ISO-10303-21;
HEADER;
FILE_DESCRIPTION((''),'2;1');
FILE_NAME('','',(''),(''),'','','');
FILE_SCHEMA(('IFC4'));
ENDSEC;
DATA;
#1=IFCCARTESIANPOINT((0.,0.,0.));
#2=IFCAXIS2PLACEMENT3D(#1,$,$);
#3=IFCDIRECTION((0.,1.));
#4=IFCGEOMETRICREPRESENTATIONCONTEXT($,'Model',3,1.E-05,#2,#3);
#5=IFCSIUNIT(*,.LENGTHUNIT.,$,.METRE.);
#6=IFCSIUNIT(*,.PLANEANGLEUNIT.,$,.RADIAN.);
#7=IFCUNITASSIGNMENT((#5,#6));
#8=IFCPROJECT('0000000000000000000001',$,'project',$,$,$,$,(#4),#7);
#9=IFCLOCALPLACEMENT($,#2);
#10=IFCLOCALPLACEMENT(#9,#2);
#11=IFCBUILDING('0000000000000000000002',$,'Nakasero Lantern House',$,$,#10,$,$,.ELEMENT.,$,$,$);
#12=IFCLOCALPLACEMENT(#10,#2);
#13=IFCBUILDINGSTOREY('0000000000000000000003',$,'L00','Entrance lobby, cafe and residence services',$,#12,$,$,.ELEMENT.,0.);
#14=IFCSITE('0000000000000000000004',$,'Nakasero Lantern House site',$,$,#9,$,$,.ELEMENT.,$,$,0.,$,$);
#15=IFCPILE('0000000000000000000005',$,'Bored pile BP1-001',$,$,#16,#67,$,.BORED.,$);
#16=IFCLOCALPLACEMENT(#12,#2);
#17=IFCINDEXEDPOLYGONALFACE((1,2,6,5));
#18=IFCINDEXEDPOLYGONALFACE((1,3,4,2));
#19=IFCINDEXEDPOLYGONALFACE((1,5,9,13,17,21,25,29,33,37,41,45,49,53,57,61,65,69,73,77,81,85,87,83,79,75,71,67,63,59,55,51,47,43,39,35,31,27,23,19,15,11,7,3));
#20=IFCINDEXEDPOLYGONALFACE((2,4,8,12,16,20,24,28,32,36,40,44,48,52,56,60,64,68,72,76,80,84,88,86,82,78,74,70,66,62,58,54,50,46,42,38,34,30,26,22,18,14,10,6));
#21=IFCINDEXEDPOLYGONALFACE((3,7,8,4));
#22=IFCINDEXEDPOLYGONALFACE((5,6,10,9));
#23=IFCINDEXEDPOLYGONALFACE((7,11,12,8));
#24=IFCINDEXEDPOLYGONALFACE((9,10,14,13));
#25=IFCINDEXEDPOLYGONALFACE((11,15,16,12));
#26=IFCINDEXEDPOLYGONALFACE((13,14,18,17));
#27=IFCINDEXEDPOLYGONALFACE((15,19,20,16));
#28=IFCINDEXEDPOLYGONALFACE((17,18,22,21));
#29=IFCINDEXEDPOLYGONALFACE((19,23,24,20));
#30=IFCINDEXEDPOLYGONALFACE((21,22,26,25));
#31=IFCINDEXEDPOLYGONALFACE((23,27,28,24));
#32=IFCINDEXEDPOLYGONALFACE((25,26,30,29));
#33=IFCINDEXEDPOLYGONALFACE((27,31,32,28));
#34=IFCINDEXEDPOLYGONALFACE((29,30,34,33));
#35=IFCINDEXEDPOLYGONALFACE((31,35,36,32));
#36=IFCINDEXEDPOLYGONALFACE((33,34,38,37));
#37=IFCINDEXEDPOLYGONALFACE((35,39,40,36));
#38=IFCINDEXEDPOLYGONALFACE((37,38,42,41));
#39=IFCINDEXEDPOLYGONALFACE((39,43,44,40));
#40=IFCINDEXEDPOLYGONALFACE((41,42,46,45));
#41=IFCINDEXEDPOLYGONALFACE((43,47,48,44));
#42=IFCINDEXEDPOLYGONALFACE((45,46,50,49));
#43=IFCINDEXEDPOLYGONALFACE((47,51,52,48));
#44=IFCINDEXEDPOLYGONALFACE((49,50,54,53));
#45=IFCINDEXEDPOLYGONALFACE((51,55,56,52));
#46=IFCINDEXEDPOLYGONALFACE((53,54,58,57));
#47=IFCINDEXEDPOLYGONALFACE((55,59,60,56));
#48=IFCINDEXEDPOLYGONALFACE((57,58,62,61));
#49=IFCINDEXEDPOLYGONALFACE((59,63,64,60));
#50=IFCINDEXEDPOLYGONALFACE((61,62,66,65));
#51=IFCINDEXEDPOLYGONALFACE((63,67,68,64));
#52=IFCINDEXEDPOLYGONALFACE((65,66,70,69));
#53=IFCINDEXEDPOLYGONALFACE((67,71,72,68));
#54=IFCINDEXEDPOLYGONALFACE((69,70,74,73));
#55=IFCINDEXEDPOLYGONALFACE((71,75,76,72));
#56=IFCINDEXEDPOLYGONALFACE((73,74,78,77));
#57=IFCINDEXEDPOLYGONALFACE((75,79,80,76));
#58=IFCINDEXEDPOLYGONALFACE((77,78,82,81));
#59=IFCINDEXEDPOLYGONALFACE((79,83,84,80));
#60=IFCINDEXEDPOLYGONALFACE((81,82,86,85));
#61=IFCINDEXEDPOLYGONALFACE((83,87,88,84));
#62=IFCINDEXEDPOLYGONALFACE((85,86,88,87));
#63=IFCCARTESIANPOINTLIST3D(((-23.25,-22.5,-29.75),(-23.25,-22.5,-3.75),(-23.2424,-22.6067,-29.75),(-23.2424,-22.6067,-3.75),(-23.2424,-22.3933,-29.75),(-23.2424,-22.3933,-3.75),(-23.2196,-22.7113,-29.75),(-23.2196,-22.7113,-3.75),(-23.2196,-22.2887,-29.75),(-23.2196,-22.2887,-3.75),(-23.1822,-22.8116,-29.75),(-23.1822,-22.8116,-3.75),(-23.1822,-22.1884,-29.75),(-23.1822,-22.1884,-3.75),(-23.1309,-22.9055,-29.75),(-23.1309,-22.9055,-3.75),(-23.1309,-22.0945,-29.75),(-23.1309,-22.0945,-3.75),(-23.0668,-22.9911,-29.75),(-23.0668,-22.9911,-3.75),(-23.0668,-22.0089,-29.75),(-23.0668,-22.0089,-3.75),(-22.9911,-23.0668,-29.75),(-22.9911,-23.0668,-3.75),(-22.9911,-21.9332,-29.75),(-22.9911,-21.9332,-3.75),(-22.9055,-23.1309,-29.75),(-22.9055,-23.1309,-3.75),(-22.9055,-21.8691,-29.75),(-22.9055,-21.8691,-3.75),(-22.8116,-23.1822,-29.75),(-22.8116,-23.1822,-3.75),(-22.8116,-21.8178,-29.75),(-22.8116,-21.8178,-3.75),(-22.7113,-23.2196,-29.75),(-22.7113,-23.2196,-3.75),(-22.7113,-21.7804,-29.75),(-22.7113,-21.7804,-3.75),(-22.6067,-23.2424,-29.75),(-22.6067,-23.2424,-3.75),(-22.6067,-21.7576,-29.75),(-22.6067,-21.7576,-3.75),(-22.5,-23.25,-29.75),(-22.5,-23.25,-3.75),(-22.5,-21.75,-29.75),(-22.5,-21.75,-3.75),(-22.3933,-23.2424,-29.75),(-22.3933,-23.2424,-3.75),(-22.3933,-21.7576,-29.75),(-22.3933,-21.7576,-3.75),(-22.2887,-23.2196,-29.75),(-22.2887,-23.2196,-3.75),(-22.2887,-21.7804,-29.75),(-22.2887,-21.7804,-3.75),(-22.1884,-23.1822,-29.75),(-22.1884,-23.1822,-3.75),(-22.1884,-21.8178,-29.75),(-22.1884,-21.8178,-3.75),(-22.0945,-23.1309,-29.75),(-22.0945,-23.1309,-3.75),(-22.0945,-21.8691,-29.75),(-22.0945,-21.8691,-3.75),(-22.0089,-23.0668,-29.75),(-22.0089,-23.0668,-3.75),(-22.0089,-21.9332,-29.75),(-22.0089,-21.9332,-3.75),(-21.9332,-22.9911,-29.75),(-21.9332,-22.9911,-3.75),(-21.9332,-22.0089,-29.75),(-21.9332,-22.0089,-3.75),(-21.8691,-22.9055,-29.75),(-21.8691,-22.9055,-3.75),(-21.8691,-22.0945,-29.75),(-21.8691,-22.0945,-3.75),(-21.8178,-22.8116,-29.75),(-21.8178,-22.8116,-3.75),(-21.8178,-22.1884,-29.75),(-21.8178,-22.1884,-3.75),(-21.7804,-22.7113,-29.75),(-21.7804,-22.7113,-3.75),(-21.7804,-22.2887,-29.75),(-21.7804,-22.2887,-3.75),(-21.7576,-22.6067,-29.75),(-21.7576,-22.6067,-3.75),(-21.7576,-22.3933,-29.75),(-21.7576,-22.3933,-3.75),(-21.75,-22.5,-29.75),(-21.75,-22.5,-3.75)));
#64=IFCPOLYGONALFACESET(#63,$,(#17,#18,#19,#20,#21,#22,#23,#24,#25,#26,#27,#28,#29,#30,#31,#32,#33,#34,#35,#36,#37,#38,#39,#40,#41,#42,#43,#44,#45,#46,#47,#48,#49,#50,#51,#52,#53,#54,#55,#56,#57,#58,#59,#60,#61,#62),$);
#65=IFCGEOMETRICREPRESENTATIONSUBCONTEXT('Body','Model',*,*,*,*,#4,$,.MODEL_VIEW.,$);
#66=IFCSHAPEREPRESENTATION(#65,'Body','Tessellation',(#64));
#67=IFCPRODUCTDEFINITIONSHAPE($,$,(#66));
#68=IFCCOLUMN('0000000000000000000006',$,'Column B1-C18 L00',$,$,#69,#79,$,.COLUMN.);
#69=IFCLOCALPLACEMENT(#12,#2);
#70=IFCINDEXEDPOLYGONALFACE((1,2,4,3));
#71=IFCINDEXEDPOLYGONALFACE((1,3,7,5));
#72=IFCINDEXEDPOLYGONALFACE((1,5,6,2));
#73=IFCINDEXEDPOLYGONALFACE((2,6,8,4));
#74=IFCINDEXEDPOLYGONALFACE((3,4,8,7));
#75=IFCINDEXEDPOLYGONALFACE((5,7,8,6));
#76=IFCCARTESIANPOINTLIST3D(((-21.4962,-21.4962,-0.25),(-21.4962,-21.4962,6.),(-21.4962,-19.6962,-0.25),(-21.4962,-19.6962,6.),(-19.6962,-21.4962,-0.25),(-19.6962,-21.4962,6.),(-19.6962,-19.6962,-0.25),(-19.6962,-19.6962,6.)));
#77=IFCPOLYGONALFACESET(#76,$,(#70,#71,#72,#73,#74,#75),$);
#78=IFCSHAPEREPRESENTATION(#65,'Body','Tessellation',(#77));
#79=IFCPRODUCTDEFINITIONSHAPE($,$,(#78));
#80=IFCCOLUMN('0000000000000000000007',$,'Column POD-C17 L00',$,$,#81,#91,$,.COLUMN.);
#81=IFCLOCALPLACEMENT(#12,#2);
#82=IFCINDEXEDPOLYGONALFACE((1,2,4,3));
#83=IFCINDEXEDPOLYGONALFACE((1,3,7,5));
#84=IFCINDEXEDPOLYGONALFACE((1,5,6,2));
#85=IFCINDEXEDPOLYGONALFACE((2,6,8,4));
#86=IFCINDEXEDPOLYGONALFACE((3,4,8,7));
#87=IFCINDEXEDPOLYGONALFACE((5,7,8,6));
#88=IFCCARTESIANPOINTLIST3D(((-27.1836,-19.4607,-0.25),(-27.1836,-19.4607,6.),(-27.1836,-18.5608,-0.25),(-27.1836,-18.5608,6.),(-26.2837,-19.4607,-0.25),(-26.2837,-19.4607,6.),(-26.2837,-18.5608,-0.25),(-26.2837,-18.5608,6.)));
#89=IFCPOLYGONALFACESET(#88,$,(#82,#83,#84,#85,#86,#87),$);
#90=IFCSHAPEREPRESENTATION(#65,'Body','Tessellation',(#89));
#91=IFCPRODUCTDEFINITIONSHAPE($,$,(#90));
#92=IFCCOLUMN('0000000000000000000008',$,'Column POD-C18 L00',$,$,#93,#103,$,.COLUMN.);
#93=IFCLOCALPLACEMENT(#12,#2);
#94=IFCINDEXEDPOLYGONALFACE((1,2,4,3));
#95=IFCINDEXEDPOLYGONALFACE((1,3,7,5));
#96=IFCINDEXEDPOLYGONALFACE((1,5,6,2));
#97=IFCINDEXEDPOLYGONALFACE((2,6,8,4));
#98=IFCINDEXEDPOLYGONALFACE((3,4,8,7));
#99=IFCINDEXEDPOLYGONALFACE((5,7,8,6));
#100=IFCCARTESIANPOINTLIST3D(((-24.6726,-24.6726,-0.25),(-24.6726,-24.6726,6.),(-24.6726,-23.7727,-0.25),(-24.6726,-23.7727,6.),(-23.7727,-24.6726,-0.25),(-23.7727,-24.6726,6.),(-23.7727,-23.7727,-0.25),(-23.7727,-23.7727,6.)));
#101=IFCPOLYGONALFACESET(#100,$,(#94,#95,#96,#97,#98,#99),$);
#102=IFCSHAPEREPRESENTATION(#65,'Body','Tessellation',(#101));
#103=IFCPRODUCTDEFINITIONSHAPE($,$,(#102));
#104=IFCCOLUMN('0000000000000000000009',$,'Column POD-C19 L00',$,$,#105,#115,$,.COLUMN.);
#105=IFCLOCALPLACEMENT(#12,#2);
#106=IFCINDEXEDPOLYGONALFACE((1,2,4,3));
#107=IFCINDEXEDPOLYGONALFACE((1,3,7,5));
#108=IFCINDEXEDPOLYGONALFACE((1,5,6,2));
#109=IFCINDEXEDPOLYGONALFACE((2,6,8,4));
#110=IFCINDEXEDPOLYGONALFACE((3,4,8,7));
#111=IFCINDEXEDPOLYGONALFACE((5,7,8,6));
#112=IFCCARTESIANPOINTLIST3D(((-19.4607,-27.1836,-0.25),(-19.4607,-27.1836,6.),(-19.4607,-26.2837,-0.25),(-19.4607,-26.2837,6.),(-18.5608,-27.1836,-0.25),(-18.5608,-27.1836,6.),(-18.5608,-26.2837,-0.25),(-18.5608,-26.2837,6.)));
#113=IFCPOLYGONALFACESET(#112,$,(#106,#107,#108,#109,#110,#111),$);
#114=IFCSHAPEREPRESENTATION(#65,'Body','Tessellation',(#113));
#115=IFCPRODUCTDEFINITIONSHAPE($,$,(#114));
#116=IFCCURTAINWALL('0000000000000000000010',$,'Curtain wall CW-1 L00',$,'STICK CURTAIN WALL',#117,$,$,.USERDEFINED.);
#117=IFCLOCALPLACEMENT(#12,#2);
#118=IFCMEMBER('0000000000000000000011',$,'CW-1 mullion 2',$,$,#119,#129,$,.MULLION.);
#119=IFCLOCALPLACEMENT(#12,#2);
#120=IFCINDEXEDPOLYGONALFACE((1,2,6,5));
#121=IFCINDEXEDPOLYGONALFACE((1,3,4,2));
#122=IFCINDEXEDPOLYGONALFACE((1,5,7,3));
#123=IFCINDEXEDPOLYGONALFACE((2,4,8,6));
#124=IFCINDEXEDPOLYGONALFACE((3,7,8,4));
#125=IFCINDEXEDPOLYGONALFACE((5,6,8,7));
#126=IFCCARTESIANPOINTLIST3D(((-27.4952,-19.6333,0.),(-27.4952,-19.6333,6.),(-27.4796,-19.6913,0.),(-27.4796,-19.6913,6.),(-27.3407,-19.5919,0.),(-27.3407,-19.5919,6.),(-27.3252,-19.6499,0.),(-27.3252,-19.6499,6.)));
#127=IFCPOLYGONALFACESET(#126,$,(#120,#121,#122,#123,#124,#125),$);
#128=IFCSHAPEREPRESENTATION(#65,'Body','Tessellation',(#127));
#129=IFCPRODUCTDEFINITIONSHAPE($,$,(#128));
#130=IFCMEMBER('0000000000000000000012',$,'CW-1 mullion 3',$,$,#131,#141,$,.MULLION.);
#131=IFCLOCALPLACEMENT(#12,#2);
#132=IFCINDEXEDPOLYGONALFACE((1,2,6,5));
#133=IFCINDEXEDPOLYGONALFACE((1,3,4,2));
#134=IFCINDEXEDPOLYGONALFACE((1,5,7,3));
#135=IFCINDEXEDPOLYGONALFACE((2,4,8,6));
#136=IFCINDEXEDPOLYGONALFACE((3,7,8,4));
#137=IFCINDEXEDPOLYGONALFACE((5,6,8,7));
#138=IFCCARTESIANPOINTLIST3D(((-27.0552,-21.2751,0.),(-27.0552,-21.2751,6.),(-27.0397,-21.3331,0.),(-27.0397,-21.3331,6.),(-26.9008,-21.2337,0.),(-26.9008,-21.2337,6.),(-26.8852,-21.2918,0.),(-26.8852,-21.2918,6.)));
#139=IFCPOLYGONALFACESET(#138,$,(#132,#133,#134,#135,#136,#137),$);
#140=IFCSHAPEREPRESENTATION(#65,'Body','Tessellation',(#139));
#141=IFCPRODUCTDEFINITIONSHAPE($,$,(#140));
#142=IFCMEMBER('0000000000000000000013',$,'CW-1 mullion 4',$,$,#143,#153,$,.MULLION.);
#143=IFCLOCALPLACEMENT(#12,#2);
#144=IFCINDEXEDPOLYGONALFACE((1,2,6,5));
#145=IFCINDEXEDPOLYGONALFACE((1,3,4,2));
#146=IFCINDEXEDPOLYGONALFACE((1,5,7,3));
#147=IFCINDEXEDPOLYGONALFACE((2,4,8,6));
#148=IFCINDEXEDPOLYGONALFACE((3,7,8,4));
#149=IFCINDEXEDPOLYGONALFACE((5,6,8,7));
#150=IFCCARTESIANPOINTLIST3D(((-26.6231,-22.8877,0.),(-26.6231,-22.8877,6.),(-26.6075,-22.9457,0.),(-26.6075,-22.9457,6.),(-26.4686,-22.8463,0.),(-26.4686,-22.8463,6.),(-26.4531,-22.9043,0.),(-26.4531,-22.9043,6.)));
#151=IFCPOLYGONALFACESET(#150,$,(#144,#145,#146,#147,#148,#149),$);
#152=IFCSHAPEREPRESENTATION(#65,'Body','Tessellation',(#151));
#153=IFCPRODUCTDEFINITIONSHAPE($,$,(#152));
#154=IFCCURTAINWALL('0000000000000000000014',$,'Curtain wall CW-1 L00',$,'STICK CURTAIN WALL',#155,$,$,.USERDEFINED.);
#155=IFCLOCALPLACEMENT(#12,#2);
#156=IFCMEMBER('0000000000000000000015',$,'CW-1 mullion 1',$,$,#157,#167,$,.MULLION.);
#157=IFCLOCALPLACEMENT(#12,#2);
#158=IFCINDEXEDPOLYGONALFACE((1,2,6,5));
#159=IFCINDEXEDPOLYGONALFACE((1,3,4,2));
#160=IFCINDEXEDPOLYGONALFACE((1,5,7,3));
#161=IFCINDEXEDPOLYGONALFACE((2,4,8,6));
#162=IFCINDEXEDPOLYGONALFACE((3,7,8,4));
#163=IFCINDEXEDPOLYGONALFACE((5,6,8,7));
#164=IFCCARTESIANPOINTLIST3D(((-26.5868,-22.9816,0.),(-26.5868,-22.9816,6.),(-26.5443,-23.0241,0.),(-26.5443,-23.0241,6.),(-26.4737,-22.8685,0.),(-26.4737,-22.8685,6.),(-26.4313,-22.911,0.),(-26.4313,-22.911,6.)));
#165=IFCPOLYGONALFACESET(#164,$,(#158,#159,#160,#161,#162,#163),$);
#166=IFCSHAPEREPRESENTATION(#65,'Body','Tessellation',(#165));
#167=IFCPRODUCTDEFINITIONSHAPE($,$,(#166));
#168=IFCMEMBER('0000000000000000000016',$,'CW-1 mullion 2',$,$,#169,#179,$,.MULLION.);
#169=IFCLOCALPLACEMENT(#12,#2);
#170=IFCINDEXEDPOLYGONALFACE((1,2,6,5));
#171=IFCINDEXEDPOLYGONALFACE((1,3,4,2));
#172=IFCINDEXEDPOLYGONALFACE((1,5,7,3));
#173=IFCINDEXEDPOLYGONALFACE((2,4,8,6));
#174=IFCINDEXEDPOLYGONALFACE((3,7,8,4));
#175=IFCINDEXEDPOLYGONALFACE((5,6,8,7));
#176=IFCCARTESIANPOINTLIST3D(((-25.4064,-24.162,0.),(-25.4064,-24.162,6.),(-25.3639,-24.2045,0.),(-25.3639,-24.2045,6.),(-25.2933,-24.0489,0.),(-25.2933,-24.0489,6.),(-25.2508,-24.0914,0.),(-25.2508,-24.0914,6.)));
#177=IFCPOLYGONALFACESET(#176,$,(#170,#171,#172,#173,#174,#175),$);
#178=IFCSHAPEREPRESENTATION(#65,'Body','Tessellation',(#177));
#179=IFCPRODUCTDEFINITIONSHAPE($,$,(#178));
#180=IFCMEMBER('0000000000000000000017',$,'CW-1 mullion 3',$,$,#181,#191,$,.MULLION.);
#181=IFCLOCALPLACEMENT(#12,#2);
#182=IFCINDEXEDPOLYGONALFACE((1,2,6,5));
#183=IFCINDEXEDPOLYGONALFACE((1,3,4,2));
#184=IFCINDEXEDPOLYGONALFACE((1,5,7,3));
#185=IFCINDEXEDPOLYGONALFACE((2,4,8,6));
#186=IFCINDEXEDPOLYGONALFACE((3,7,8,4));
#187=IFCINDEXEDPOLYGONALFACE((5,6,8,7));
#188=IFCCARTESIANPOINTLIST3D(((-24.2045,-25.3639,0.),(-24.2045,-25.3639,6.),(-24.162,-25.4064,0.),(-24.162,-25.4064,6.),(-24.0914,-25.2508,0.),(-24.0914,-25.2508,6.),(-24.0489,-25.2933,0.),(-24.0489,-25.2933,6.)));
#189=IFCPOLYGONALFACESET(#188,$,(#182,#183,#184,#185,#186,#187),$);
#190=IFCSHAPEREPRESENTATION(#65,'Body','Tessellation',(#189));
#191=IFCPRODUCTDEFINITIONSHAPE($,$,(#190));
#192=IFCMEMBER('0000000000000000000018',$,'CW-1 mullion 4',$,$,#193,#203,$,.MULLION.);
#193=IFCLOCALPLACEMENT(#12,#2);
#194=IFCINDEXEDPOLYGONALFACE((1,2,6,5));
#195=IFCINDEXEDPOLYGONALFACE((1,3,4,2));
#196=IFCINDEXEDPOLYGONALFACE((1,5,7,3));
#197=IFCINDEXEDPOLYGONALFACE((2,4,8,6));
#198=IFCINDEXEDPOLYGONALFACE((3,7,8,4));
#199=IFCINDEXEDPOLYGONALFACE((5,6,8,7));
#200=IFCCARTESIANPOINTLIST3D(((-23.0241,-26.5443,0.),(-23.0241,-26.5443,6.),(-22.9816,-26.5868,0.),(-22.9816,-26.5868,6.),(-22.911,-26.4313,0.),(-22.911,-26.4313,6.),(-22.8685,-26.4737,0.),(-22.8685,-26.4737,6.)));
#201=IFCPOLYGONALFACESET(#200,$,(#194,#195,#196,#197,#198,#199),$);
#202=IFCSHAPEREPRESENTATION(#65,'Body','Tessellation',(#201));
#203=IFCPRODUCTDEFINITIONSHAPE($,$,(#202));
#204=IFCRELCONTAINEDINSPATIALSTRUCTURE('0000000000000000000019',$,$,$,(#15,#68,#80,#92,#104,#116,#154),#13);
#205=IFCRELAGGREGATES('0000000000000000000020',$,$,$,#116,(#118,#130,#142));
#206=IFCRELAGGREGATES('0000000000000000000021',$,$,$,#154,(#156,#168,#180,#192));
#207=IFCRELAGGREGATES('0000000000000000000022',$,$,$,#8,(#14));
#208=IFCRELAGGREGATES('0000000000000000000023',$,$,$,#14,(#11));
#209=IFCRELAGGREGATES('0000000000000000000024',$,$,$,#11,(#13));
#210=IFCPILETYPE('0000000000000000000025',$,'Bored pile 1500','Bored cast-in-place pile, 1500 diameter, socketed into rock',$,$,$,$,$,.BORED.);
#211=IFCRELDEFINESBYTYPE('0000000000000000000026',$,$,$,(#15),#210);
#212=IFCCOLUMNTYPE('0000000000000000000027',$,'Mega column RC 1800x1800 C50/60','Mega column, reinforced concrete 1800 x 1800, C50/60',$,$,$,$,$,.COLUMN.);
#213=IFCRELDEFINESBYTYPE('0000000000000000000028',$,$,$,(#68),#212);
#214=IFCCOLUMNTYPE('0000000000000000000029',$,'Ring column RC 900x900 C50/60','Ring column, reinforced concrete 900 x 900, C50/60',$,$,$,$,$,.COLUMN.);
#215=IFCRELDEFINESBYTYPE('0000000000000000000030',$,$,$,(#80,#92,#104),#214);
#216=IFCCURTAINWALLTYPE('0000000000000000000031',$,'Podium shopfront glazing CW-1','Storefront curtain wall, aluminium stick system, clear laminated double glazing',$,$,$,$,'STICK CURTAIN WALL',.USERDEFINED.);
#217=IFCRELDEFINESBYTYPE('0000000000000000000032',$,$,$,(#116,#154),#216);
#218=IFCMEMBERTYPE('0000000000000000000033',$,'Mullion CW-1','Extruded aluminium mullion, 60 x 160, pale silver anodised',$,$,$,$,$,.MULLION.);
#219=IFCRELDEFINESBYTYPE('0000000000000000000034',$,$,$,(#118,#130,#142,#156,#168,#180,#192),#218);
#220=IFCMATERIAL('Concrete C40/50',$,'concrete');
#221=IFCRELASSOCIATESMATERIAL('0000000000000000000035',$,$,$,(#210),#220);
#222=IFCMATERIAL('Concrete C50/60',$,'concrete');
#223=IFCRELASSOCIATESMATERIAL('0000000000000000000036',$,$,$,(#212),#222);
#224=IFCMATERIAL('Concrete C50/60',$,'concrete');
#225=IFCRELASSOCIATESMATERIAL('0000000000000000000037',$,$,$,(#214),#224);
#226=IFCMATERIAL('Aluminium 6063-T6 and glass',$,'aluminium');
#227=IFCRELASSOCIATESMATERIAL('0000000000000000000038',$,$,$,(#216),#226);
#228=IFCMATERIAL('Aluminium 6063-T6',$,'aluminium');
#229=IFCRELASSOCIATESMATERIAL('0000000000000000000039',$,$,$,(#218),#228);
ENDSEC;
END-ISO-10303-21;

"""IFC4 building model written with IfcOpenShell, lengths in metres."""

from ifc_helpers import new_model, si_unit, direction, frame, origin, origin_2d, place, context, subcontext, project, spatial, rectangle, circle, extrude, material, material_profile, profile_set, type_object, element, aggregate, save


model = new_model("IFC4")

# Units and contexts
model_context = context("Model", 3, precision=1e-05, world=origin(), true_north=direction((0.0, 1.0)))
body_context = subcontext(model_context, "Body", "Model", "MODEL_VIEW")
ifc_project = project(units=[si_unit("LENGTHUNIT", "METRE"), si_unit("PLANEANGLEUNIT", "RADIAN")], contexts=[model_context])

# Site, building, storey
site_placement = place(None, origin())
site = spatial("IfcSite", under=ifc_project, at=site_placement, Name="Nakasero Lantern House site", CompositionType="ELEMENT", RefElevation=0.0)
building_placement = place(site_placement, origin())
building = spatial("IfcBuilding", under=site, at=building_placement, Name="Nakasero Lantern House", CompositionType="ELEMENT")
storey_placement = place(building_placement, origin())
storey = spatial("IfcBuildingStorey", under=building, at=storey_placement, Name="L00", Description="Entrance lobby, cafe and residence services", CompositionType="ELEMENT", Elevation=0.0)

# Pile
ifc_material_1 = material(Name="Concrete C40/50", Category="concrete")
pile_type = type_object("IfcPileType", Name="Bored pile 1500", Description="Bored cast-in-place pile, 1500 diameter, socketed into rock", PredefinedType="BORED", material=ifc_material_1)
pile_placement = place(storey_placement, frame((-22.5, -22.5, -3.75), z_axis=(0.0, 0.0, -1.0), x_axis=(1.0, 0.0, 0.0)))
element("IfcPile", 1, at=pile_placement, inside=storey, type_object=pile_type, Name="Bored pile BP1-001", PredefinedType="BORED", context=body_context, shape_type="SweptSolid", body=[
    extrude(circle(Radius=0.75, at=origin_2d()), origin(), (0.0, 0.0, 1.0), 26.0),
])

# Columns
ifc_material_2 = material(Name="Concrete C50/60", Category="concrete")
ifc_material_profile_1 = material_profile(ifc_material_2, rectangle(XDim=1.8, YDim=1.8, at=origin_2d()), Name="RC 1800x1800")
ifc_profile_set_1 = profile_set([ifc_material_profile_1], Name="Concrete C50/60")
column_type_1 = type_object("IfcColumnType", Name="Mega column RC 1800x1800 C50/60", Description="Mega column, reinforced concrete 1800 x 1800, C50/60", PredefinedType="COLUMN", material=ifc_profile_set_1)
column_placement = place(storey_placement, frame((-20.5962, -20.5962, -0.25), z_axis=(0.0, 0.0, 1.0), x_axis=(1.0, 0.0, 0.0)))
element("IfcColumn", 2, at=column_placement, inside=storey, type_object=column_type_1, Name="Column B1-C18 L00", PredefinedType="COLUMN", context=body_context, shape_type="SweptSolid", body=[
    extrude(rectangle(XDim=1.8, YDim=1.8, at=origin_2d()), origin(), (0.0, 0.0, 1.0), 6.25),
])
ifc_material_3 = material(Name="Concrete C50/60", Category="concrete")
ifc_material_profile_2 = material_profile(ifc_material_3, rectangle(XDim=0.8999, YDim=0.8999, at=origin_2d()), Name="RC 900x900")
ifc_profile_set_2 = profile_set([ifc_material_profile_2], Name="Concrete C50/60")
column_type_2 = type_object("IfcColumnType", Name="Ring column RC 900x900 C50/60", Description="Ring column, reinforced concrete 900 x 900, C50/60", PredefinedType="COLUMN", material=ifc_profile_set_2)
for number, where, z_axis, x_axis, name in (
    (3, (-26.7336, -19.0107, -0.25), (0.0, 0.0, 1.0), (1.0, 0.0, 0.0), "Column POD-C17 L00"),
    (4, (-24.2227, -24.2227, -0.25), (0.0, 0.0, 1.0), (1.0, 0.0, 0.0), "Column POD-C18 L00"),
    (5, (-19.0107, -26.7336, -0.25), (0.0, 0.0, 1.0), (1.0, 0.0, 0.0), "Column POD-C19 L00"),
):
    element("IfcColumn", number, at=place(storey_placement, frame(where, z_axis=z_axis, x_axis=x_axis)), inside=storey, type_object=column_type_2, Name=name, PredefinedType="COLUMN", context=body_context, shape_type="SweptSolid", body=[
        extrude(rectangle(XDim=0.8999, YDim=0.8999, at=origin_2d()), origin(), (0.0, 0.0, 1.0), 6.25),
    ])

# Curtain walls, members
ifc_material_4 = material(Name="Aluminium 6063-T6 and glass", Category="aluminium")
curtain_wall_type = type_object("IfcCurtainWallType", Name="Podium shopfront glazing CW-1", Description="Storefront curtain wall, aluminium stick system, clear laminated double glazing", ElementType="STICK CURTAIN WALL", PredefinedType="USERDEFINED", material=ifc_material_4)
curtain_wall_1_placement = place(storey_placement, origin())
curtain_wall_1 = element("IfcCurtainWall", 6, at=curtain_wall_1_placement, inside=storey, type_object=curtain_wall_type, Name="Curtain wall CW-1 L00", ObjectType="STICK CURTAIN WALL", PredefinedType="USERDEFINED")
ifc_material_5 = material(Name="Aluminium 6063-T6", Category="aluminium")
ifc_material_profile_3 = material_profile(ifc_material_5, rectangle(XDim=0.0601, YDim=0.1599, at=origin_2d()), Name="CW-1 mullion 60x160")
ifc_profile_set_3 = profile_set([ifc_material_profile_3], Name="Aluminium 6063-T6")
member_type_1 = type_object("IfcMemberType", Name="Mullion CW-1", Description="Extruded aluminium mullion, 60 x 160, pale silver anodised", PredefinedType="MULLION", material=ifc_profile_set_3)
member_1_placement = place(storey_placement, frame((-27.4102, -19.6416, 0.0), z_axis=(0.0, 0.0, 1.0), x_axis=(0.258819, -0.965926, 0.0)))
member_1 = element("IfcMember", 7, at=member_1_placement, type_object=member_type_1, Name="CW-1 mullion 2", PredefinedType="MULLION", context=body_context, shape_type="SweptSolid", body=[
    extrude(rectangle(XDim=0.0601, YDim=0.1599, at=origin_2d()), origin(), (0.0, 0.0, 1.0), 6.0),
])
member_2_placement = place(storey_placement, frame((-26.9702, -21.2834, 0.0), z_axis=(0.0, 0.0, 1.0), x_axis=(0.258819, -0.965926, 0.0)))
member_2 = element("IfcMember", 8, at=member_2_placement, type_object=member_type_1, Name="CW-1 mullion 3", PredefinedType="MULLION", context=body_context, shape_type="SweptSolid", body=[
    extrude(rectangle(XDim=0.0601, YDim=0.1599, at=origin_2d()), origin(), (0.0, 0.0, 1.0), 6.0),
])
member_3_placement = place(storey_placement, frame((-26.5381, -22.896, 0.0), z_axis=(0.0, 0.0, 1.0), x_axis=(0.258819, -0.965926, 0.0)))
member_3 = element("IfcMember", 9, at=member_3_placement, type_object=member_type_1, Name="CW-1 mullion 4", PredefinedType="MULLION", context=body_context, shape_type="SweptSolid", body=[
    extrude(rectangle(XDim=0.0601, YDim=0.1599, at=origin_2d()), origin(), (0.0, 0.0, 1.0), 6.0),
])
curtain_wall_2_placement = place(storey_placement, origin())
curtain_wall_2 = element("IfcCurtainWall", 10, at=curtain_wall_2_placement, inside=storey, type_object=curtain_wall_type, Name="Curtain wall CW-1 L00", ObjectType="STICK CURTAIN WALL", PredefinedType="USERDEFINED")
member_4_placement = place(storey_placement, frame((-26.509, -22.9463, 0.0), z_axis=(0.0, 0.0, 1.0), x_axis=(0.707107, -0.707107, 0.0)))
member_4 = element("IfcMember", 11, at=member_4_placement, type_object=member_type_1, Name="CW-1 mullion 1", PredefinedType="MULLION", context=body_context, shape_type="SweptSolid", body=[
    extrude(rectangle(XDim=0.0601, YDim=0.1599, at=origin_2d()), origin(), (0.0, 0.0, 1.0), 6.0),
])
member_5_placement = place(storey_placement, frame((-25.3286, -24.1267, 0.0), z_axis=(0.0, 0.0, 1.0), x_axis=(0.707107, -0.707107, 0.0)))
member_5 = element("IfcMember", 12, at=member_5_placement, type_object=member_type_1, Name="CW-1 mullion 2", PredefinedType="MULLION", context=body_context, shape_type="SweptSolid", body=[
    extrude(rectangle(XDim=0.0601, YDim=0.1599, at=origin_2d()), origin(), (0.0, 0.0, 1.0), 6.0),
])
member_6_placement = place(storey_placement, frame((-24.1267, -25.3286, 0.0), z_axis=(0.0, 0.0, 1.0), x_axis=(0.707107, -0.707107, 0.0)))
member_6 = element("IfcMember", 13, at=member_6_placement, type_object=member_type_1, Name="CW-1 mullion 3", PredefinedType="MULLION", context=body_context, shape_type="SweptSolid", body=[
    extrude(rectangle(XDim=0.0601, YDim=0.1599, at=origin_2d()), origin(), (0.0, 0.0, 1.0), 6.0),
])
member_7_placement = place(storey_placement, frame((-22.9463, -26.509, 0.0), z_axis=(0.0, 0.0, 1.0), x_axis=(0.707107, -0.707107, 0.0)))
member_7 = element("IfcMember", 14, at=member_7_placement, type_object=member_type_1, Name="CW-1 mullion 4", PredefinedType="MULLION", context=body_context, shape_type="SweptSolid", body=[
    extrude(rectangle(XDim=0.0601, YDim=0.1599, at=origin_2d()), origin(), (0.0, 0.0, 1.0), 6.0),
])

aggregate(curtain_wall_1, [member_1, member_2, member_3])
aggregate(curtain_wall_2, [member_4, member_5, member_6, member_7])

save(model, "model.ifc")
